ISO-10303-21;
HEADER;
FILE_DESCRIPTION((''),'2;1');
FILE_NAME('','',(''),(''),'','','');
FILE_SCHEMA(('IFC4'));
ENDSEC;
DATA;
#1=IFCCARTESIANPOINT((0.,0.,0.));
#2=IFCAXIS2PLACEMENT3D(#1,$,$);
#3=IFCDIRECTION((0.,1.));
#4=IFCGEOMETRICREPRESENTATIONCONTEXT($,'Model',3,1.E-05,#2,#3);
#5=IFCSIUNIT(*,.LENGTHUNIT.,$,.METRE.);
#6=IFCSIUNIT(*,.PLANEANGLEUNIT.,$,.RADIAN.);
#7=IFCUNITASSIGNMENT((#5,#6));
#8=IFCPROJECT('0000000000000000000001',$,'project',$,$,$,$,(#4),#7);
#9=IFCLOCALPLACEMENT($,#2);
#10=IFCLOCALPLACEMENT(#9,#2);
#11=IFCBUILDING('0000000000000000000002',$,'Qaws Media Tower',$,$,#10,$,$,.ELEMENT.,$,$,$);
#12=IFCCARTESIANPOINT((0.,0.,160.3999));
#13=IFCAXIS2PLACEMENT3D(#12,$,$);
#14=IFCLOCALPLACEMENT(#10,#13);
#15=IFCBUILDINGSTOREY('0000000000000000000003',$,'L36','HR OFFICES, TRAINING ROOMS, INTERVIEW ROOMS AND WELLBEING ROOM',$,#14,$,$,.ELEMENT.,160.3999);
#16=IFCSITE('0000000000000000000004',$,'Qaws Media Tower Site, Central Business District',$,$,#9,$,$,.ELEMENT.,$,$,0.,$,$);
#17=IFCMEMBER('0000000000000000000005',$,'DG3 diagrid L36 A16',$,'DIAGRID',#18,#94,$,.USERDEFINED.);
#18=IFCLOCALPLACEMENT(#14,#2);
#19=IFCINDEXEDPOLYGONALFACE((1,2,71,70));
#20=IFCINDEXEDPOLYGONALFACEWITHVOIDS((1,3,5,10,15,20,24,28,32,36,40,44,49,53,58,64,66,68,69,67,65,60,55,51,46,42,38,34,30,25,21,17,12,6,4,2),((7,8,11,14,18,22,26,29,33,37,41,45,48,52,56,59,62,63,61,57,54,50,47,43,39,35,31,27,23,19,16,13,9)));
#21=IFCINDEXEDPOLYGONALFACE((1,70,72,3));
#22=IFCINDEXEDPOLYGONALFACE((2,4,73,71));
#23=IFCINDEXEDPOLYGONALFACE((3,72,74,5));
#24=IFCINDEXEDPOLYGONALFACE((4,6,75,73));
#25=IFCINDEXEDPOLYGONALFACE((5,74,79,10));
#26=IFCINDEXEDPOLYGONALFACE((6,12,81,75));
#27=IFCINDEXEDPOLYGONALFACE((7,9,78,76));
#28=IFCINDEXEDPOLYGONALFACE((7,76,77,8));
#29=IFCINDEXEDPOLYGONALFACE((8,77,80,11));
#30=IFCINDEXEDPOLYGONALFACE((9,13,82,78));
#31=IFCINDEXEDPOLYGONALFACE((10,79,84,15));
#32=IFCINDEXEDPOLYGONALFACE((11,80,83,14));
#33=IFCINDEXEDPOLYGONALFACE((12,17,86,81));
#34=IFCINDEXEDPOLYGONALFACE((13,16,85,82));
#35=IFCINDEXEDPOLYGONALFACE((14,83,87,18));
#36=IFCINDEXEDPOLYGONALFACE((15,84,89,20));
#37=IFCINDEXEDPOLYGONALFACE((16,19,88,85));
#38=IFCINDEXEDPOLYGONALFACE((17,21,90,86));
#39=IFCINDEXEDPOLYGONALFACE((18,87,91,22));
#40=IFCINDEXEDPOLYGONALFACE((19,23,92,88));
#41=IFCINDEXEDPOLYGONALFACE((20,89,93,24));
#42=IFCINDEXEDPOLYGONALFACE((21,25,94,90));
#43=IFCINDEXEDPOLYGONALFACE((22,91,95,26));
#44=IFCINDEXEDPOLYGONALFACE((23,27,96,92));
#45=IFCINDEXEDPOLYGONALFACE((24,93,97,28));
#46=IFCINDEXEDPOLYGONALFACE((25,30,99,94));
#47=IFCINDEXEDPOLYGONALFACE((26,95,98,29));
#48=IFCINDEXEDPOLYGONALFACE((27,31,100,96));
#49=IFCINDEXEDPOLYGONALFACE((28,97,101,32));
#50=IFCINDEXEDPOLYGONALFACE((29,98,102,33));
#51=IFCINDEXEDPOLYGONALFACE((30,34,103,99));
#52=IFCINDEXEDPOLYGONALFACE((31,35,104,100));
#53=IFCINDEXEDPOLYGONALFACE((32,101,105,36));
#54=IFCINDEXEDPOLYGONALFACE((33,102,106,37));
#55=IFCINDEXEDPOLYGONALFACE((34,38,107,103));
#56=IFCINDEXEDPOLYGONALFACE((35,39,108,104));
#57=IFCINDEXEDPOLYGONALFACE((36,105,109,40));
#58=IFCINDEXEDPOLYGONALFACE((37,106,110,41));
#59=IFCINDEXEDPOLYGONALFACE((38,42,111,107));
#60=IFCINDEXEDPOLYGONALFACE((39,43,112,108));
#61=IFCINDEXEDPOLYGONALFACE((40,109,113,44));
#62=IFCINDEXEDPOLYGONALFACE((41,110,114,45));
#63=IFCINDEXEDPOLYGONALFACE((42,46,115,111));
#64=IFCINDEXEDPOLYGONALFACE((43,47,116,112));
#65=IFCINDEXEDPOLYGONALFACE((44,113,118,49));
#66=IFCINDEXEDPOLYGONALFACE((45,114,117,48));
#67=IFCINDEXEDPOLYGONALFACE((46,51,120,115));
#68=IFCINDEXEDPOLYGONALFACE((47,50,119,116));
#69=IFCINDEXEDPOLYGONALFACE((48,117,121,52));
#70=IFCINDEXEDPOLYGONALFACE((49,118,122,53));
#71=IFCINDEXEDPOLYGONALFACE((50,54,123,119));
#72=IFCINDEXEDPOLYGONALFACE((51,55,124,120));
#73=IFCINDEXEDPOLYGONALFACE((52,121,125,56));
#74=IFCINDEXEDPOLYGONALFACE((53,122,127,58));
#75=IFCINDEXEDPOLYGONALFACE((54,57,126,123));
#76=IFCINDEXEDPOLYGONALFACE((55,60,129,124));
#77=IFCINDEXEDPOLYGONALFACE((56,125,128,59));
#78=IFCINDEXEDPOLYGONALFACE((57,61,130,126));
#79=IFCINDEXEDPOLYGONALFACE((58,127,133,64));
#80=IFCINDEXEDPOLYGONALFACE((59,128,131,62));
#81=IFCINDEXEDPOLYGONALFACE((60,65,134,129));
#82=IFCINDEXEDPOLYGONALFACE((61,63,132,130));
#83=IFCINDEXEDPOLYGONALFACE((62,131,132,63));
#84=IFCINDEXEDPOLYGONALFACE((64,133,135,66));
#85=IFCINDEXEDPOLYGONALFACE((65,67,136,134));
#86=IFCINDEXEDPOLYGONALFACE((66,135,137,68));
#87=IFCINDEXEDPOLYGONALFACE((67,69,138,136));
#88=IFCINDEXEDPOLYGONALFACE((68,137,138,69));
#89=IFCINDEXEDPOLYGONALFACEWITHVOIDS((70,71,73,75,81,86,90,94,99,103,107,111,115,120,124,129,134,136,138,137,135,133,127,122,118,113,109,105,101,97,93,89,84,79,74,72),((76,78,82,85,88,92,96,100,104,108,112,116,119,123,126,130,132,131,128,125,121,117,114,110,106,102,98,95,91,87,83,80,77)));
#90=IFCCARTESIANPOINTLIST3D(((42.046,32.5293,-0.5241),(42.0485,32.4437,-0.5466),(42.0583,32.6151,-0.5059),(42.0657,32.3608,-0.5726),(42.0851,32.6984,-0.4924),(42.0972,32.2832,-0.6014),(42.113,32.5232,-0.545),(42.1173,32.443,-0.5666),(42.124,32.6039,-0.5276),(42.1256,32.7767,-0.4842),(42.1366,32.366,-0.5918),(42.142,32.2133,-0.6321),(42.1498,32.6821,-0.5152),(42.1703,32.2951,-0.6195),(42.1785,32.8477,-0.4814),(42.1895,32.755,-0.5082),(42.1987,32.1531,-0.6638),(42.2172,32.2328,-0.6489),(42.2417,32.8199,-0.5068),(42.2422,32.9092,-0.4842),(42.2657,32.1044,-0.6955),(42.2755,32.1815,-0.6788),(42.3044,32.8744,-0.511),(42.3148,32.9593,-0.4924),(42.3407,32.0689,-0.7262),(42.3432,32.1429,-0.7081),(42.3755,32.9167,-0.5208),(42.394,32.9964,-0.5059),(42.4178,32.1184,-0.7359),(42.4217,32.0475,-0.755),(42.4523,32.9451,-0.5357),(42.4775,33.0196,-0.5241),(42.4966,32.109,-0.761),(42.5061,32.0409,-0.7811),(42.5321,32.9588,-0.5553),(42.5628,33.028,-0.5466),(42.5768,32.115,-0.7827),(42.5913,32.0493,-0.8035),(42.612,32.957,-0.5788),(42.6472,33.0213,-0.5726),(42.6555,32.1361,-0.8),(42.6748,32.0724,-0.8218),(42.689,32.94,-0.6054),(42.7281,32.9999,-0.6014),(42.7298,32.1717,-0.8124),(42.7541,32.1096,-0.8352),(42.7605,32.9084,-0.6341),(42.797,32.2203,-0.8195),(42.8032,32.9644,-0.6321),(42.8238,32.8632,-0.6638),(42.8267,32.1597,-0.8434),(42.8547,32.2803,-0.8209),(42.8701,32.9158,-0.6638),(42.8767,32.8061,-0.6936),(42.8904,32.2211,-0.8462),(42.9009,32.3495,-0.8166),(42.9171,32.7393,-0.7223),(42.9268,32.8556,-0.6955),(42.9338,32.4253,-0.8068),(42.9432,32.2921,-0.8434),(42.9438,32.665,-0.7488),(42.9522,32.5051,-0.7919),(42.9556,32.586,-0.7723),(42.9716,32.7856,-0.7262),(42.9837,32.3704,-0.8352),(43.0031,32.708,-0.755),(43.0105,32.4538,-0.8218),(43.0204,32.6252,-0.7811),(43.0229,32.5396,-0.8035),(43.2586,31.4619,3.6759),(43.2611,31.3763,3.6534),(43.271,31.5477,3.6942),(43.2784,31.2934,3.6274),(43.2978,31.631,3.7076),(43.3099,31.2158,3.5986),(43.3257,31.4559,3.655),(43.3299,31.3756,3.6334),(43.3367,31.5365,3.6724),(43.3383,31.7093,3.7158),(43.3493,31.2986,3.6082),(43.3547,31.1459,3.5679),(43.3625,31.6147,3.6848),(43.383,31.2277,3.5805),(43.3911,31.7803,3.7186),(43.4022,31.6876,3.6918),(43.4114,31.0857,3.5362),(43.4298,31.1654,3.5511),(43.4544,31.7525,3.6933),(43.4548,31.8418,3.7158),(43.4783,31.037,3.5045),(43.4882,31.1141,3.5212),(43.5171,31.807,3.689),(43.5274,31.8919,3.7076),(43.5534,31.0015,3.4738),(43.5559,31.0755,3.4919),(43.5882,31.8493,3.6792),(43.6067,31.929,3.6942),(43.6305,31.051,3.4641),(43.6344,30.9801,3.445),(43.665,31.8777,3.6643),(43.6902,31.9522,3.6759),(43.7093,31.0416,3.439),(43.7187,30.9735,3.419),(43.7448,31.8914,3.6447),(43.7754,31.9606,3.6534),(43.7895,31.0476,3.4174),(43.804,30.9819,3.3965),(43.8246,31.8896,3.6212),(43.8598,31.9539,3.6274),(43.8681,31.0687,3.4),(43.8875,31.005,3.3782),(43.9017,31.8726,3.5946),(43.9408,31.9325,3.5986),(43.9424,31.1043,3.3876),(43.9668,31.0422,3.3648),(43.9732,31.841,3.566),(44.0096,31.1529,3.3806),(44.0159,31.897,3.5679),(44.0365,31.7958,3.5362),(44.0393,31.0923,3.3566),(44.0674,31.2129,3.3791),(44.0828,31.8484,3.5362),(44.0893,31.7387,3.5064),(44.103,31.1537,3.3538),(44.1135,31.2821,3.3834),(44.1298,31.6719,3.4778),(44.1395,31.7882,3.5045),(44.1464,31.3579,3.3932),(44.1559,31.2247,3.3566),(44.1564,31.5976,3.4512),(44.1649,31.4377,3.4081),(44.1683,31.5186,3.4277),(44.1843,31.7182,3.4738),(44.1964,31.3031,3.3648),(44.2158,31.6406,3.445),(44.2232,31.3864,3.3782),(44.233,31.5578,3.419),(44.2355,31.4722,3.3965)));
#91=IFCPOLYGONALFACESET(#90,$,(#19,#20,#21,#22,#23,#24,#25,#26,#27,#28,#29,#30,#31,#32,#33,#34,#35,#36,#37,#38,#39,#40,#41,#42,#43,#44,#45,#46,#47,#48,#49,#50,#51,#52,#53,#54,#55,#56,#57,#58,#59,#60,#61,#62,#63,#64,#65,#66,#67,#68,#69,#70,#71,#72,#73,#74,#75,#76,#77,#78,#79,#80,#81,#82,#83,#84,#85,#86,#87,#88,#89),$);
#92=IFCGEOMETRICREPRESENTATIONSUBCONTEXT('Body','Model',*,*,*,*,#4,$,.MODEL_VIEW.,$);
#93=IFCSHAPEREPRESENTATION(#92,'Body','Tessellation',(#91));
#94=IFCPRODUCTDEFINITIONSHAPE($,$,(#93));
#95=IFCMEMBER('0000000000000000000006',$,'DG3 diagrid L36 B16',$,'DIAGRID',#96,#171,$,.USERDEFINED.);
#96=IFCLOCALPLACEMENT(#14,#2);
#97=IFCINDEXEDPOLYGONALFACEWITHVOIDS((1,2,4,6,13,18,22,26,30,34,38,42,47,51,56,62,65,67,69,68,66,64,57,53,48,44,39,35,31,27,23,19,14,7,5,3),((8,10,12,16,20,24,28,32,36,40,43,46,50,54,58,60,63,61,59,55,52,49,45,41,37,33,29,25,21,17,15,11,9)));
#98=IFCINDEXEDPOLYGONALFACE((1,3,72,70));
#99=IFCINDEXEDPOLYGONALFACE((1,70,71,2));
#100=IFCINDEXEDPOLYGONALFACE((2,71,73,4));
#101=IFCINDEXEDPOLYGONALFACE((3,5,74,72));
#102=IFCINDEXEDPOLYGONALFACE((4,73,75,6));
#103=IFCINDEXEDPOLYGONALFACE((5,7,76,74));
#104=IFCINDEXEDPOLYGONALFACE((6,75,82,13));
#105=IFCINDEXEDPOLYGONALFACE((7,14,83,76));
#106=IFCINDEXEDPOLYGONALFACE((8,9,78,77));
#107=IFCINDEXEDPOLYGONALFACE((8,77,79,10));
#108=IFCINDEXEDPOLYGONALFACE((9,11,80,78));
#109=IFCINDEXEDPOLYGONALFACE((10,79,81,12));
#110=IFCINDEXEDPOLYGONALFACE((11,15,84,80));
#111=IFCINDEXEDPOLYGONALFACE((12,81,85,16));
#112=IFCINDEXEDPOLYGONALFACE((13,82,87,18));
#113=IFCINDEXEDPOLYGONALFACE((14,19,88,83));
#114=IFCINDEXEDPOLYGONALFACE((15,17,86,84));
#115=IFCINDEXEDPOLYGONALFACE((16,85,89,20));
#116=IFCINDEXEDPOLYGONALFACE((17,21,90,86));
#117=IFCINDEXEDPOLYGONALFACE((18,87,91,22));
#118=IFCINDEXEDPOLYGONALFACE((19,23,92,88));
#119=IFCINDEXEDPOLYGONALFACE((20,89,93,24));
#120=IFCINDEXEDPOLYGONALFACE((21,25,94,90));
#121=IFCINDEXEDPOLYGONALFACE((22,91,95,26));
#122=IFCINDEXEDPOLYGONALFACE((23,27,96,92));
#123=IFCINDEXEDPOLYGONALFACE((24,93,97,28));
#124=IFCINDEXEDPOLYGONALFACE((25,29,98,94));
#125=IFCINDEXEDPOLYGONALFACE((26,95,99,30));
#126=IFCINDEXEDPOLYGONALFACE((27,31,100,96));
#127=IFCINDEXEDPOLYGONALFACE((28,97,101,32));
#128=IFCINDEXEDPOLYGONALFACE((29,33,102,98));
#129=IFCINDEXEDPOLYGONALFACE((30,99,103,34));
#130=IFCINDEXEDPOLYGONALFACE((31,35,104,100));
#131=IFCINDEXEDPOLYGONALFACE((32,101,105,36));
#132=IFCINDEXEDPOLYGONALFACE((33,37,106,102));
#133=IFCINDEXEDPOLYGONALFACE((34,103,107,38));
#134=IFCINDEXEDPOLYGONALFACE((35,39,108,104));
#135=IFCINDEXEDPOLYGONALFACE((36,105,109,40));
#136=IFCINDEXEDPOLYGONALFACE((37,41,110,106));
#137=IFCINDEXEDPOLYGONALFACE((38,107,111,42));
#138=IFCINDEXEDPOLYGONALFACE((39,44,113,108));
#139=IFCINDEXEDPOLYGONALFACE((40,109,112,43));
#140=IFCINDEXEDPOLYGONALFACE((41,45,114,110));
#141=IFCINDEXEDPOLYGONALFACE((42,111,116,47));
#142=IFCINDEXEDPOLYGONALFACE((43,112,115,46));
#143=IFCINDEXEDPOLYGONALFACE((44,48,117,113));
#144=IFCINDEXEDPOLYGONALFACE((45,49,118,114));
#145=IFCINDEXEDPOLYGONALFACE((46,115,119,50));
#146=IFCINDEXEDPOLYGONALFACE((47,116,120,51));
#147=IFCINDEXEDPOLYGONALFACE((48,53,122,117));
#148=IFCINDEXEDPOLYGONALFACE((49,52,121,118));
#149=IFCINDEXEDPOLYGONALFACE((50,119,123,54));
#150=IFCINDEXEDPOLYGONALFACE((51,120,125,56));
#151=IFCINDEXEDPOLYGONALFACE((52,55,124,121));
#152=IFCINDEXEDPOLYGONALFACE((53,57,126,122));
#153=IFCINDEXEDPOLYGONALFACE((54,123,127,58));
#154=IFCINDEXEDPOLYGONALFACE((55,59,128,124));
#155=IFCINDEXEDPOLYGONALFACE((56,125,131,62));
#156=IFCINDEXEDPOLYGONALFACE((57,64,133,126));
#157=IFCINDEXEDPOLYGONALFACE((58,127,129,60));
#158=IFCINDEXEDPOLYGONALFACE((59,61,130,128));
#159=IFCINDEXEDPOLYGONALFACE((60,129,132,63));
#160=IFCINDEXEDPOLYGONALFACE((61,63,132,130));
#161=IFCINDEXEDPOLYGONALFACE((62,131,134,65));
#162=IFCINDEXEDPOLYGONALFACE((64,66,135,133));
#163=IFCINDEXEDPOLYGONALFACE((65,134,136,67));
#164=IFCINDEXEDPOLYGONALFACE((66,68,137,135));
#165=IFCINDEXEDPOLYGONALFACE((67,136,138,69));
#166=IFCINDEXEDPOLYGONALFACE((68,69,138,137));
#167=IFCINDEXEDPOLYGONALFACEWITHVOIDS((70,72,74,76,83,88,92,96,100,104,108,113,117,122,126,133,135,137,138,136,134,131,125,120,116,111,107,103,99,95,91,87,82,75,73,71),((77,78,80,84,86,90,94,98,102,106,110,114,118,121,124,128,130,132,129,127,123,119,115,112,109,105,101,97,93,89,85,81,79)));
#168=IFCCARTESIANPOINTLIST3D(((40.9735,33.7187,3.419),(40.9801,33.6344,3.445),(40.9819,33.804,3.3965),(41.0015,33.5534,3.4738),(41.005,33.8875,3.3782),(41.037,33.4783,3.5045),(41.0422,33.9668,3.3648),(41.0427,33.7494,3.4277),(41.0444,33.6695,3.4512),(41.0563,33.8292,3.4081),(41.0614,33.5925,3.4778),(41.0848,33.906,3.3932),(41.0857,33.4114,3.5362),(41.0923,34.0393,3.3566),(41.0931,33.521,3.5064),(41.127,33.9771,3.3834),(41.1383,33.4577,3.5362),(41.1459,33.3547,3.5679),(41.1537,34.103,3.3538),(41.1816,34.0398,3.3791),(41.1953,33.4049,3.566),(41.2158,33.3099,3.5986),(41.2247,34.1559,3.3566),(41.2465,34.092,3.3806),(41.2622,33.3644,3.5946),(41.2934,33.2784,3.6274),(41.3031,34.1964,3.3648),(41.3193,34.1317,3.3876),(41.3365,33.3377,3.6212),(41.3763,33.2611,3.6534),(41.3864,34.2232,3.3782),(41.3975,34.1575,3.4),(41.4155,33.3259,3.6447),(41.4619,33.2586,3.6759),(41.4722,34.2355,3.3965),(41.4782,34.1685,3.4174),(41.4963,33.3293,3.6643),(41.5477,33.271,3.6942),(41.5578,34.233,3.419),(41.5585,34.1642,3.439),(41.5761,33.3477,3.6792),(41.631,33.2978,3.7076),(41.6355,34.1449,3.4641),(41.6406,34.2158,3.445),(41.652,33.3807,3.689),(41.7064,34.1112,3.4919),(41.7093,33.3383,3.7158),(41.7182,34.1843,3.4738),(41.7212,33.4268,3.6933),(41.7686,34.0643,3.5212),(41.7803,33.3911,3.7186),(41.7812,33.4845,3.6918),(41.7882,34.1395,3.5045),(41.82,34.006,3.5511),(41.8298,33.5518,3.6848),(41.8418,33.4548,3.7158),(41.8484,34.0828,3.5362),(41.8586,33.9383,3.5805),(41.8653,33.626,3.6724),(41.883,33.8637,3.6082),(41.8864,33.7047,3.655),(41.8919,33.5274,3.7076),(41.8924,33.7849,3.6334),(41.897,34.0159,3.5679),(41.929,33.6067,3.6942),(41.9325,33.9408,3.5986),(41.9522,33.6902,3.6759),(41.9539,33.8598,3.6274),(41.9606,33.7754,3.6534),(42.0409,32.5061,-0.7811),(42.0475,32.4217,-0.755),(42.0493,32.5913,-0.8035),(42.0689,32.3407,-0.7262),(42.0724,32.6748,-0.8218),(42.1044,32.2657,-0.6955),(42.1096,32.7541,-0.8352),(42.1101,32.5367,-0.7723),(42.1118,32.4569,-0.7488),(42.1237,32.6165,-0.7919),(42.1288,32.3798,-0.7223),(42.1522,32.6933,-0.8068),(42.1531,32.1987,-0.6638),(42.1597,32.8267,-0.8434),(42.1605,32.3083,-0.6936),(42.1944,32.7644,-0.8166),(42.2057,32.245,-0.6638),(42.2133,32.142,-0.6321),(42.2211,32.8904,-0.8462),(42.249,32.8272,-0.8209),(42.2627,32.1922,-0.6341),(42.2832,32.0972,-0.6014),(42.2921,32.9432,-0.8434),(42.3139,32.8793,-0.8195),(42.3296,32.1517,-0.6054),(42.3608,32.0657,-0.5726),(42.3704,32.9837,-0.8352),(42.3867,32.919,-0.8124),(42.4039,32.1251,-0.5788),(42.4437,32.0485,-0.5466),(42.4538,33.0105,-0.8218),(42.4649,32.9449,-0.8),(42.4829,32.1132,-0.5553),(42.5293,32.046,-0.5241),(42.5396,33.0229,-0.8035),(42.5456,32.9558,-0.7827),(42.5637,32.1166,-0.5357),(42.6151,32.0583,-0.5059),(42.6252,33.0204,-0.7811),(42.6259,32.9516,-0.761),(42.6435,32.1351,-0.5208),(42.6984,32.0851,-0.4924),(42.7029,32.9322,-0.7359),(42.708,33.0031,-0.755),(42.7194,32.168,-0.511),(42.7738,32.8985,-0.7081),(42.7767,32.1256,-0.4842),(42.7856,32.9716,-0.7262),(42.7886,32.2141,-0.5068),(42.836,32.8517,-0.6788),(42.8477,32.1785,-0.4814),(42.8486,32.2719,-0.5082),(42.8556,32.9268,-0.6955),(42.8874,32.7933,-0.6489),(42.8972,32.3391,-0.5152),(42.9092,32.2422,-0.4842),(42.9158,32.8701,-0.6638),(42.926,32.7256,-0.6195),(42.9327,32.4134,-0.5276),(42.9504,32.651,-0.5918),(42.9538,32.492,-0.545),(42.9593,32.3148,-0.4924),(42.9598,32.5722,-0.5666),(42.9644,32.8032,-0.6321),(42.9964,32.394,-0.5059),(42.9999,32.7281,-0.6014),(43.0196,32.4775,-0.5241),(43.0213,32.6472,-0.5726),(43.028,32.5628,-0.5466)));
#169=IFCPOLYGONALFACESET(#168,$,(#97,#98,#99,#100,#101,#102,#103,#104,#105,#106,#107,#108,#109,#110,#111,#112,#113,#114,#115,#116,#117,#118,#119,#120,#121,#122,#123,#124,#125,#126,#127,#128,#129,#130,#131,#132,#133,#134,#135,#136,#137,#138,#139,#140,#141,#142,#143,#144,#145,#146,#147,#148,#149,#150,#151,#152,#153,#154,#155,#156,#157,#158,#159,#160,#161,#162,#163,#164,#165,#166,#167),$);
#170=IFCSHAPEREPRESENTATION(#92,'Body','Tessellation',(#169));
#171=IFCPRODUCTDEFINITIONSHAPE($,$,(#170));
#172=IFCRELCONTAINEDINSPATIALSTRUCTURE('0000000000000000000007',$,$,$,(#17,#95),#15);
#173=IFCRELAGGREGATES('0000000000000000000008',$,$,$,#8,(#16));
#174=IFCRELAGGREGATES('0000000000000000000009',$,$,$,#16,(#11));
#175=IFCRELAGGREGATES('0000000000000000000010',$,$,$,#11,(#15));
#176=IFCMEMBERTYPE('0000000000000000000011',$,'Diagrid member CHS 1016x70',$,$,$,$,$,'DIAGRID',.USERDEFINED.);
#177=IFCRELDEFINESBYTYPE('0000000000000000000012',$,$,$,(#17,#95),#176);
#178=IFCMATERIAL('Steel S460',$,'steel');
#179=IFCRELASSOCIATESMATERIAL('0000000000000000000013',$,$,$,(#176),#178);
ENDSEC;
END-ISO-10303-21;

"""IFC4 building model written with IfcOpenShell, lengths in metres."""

from ifc_helpers import new_model, si_unit, direction, frame, origin, origin_2d, place, context, subcontext, project, spatial, hollow_circle, extrude, material, material_profile, profile_set, type_object, element, save


model = new_model("IFC4")

# Units and contexts
model_context = context("Model", 3, precision=1e-05, world=origin(), true_north=direction((0.0, 1.0)))
body_context = subcontext(model_context, "Body", "Model", "MODEL_VIEW")
ifc_project = project(units=[si_unit("LENGTHUNIT", "METRE"), si_unit("PLANEANGLEUNIT", "RADIAN")], contexts=[model_context])

# Site, building, storey
site_placement = place(None, origin())
site = spatial("IfcSite", under=ifc_project, at=site_placement, Name="Qaws Media Tower Site, Central Business District", CompositionType="ELEMENT", RefElevation=0.0)
building_placement = place(site_placement, origin())
building = spatial("IfcBuilding", under=site, at=building_placement, Name="Qaws Media Tower", CompositionType="ELEMENT")
storey_placement = place(building_placement, frame((0.0, 0.0, 160.3999)))
storey = spatial("IfcBuildingStorey", under=building, at=storey_placement, Name="L36", Description="HR OFFICES, TRAINING ROOMS, INTERVIEW ROOMS AND WELLBEING ROOM", CompositionType="ELEMENT", Elevation=160.3999)

# Members
ifc_material_1 = material(Name="Steel S460", Category="steel")
ifc_material_profile_1 = material_profile(ifc_material_1, hollow_circle(Radius=0.5081, WallThickness=0.0701, at=origin_2d()), Name="CHS 1016x70")
ifc_profile_set_1 = profile_set([ifc_material_profile_1], Name="Steel S460")
member_type_1 = type_object("IfcMemberType", Name="Diagrid member CHS 1016x70", ElementType="DIAGRID", PredefinedType="USERDEFINED", material=ifc_profile_set_1)
for number, where, z_axis, x_axis, name in (
    (1, (42.5344, 32.5344, -0.6638), (0.269481, -0.2372, 0.933336), (0.660716, 0.750636, 0.0), "DG3 diagrid L36 A16"),
    (2, (42.5344, 32.5344, -0.6638), (-0.2372, 0.269481, 0.933336), (-0.750636, -0.660716, 0.0), "DG3 diagrid L36 B16"),
):
    element("IfcMember", number, at=place(storey_placement, frame(where, z_axis=z_axis, x_axis=x_axis)), inside=storey, type_object=member_type_1, Name=name, ObjectType="DIAGRID", PredefinedType="USERDEFINED", context=body_context, shape_type="SweptSolid", body=[
        extrude(hollow_circle(Radius=0.5081, WallThickness=0.0701, at=origin_2d()), origin(), (0.0, 0.0, 1.0), 4.5),
    ])

save(model, "model.ifc")
